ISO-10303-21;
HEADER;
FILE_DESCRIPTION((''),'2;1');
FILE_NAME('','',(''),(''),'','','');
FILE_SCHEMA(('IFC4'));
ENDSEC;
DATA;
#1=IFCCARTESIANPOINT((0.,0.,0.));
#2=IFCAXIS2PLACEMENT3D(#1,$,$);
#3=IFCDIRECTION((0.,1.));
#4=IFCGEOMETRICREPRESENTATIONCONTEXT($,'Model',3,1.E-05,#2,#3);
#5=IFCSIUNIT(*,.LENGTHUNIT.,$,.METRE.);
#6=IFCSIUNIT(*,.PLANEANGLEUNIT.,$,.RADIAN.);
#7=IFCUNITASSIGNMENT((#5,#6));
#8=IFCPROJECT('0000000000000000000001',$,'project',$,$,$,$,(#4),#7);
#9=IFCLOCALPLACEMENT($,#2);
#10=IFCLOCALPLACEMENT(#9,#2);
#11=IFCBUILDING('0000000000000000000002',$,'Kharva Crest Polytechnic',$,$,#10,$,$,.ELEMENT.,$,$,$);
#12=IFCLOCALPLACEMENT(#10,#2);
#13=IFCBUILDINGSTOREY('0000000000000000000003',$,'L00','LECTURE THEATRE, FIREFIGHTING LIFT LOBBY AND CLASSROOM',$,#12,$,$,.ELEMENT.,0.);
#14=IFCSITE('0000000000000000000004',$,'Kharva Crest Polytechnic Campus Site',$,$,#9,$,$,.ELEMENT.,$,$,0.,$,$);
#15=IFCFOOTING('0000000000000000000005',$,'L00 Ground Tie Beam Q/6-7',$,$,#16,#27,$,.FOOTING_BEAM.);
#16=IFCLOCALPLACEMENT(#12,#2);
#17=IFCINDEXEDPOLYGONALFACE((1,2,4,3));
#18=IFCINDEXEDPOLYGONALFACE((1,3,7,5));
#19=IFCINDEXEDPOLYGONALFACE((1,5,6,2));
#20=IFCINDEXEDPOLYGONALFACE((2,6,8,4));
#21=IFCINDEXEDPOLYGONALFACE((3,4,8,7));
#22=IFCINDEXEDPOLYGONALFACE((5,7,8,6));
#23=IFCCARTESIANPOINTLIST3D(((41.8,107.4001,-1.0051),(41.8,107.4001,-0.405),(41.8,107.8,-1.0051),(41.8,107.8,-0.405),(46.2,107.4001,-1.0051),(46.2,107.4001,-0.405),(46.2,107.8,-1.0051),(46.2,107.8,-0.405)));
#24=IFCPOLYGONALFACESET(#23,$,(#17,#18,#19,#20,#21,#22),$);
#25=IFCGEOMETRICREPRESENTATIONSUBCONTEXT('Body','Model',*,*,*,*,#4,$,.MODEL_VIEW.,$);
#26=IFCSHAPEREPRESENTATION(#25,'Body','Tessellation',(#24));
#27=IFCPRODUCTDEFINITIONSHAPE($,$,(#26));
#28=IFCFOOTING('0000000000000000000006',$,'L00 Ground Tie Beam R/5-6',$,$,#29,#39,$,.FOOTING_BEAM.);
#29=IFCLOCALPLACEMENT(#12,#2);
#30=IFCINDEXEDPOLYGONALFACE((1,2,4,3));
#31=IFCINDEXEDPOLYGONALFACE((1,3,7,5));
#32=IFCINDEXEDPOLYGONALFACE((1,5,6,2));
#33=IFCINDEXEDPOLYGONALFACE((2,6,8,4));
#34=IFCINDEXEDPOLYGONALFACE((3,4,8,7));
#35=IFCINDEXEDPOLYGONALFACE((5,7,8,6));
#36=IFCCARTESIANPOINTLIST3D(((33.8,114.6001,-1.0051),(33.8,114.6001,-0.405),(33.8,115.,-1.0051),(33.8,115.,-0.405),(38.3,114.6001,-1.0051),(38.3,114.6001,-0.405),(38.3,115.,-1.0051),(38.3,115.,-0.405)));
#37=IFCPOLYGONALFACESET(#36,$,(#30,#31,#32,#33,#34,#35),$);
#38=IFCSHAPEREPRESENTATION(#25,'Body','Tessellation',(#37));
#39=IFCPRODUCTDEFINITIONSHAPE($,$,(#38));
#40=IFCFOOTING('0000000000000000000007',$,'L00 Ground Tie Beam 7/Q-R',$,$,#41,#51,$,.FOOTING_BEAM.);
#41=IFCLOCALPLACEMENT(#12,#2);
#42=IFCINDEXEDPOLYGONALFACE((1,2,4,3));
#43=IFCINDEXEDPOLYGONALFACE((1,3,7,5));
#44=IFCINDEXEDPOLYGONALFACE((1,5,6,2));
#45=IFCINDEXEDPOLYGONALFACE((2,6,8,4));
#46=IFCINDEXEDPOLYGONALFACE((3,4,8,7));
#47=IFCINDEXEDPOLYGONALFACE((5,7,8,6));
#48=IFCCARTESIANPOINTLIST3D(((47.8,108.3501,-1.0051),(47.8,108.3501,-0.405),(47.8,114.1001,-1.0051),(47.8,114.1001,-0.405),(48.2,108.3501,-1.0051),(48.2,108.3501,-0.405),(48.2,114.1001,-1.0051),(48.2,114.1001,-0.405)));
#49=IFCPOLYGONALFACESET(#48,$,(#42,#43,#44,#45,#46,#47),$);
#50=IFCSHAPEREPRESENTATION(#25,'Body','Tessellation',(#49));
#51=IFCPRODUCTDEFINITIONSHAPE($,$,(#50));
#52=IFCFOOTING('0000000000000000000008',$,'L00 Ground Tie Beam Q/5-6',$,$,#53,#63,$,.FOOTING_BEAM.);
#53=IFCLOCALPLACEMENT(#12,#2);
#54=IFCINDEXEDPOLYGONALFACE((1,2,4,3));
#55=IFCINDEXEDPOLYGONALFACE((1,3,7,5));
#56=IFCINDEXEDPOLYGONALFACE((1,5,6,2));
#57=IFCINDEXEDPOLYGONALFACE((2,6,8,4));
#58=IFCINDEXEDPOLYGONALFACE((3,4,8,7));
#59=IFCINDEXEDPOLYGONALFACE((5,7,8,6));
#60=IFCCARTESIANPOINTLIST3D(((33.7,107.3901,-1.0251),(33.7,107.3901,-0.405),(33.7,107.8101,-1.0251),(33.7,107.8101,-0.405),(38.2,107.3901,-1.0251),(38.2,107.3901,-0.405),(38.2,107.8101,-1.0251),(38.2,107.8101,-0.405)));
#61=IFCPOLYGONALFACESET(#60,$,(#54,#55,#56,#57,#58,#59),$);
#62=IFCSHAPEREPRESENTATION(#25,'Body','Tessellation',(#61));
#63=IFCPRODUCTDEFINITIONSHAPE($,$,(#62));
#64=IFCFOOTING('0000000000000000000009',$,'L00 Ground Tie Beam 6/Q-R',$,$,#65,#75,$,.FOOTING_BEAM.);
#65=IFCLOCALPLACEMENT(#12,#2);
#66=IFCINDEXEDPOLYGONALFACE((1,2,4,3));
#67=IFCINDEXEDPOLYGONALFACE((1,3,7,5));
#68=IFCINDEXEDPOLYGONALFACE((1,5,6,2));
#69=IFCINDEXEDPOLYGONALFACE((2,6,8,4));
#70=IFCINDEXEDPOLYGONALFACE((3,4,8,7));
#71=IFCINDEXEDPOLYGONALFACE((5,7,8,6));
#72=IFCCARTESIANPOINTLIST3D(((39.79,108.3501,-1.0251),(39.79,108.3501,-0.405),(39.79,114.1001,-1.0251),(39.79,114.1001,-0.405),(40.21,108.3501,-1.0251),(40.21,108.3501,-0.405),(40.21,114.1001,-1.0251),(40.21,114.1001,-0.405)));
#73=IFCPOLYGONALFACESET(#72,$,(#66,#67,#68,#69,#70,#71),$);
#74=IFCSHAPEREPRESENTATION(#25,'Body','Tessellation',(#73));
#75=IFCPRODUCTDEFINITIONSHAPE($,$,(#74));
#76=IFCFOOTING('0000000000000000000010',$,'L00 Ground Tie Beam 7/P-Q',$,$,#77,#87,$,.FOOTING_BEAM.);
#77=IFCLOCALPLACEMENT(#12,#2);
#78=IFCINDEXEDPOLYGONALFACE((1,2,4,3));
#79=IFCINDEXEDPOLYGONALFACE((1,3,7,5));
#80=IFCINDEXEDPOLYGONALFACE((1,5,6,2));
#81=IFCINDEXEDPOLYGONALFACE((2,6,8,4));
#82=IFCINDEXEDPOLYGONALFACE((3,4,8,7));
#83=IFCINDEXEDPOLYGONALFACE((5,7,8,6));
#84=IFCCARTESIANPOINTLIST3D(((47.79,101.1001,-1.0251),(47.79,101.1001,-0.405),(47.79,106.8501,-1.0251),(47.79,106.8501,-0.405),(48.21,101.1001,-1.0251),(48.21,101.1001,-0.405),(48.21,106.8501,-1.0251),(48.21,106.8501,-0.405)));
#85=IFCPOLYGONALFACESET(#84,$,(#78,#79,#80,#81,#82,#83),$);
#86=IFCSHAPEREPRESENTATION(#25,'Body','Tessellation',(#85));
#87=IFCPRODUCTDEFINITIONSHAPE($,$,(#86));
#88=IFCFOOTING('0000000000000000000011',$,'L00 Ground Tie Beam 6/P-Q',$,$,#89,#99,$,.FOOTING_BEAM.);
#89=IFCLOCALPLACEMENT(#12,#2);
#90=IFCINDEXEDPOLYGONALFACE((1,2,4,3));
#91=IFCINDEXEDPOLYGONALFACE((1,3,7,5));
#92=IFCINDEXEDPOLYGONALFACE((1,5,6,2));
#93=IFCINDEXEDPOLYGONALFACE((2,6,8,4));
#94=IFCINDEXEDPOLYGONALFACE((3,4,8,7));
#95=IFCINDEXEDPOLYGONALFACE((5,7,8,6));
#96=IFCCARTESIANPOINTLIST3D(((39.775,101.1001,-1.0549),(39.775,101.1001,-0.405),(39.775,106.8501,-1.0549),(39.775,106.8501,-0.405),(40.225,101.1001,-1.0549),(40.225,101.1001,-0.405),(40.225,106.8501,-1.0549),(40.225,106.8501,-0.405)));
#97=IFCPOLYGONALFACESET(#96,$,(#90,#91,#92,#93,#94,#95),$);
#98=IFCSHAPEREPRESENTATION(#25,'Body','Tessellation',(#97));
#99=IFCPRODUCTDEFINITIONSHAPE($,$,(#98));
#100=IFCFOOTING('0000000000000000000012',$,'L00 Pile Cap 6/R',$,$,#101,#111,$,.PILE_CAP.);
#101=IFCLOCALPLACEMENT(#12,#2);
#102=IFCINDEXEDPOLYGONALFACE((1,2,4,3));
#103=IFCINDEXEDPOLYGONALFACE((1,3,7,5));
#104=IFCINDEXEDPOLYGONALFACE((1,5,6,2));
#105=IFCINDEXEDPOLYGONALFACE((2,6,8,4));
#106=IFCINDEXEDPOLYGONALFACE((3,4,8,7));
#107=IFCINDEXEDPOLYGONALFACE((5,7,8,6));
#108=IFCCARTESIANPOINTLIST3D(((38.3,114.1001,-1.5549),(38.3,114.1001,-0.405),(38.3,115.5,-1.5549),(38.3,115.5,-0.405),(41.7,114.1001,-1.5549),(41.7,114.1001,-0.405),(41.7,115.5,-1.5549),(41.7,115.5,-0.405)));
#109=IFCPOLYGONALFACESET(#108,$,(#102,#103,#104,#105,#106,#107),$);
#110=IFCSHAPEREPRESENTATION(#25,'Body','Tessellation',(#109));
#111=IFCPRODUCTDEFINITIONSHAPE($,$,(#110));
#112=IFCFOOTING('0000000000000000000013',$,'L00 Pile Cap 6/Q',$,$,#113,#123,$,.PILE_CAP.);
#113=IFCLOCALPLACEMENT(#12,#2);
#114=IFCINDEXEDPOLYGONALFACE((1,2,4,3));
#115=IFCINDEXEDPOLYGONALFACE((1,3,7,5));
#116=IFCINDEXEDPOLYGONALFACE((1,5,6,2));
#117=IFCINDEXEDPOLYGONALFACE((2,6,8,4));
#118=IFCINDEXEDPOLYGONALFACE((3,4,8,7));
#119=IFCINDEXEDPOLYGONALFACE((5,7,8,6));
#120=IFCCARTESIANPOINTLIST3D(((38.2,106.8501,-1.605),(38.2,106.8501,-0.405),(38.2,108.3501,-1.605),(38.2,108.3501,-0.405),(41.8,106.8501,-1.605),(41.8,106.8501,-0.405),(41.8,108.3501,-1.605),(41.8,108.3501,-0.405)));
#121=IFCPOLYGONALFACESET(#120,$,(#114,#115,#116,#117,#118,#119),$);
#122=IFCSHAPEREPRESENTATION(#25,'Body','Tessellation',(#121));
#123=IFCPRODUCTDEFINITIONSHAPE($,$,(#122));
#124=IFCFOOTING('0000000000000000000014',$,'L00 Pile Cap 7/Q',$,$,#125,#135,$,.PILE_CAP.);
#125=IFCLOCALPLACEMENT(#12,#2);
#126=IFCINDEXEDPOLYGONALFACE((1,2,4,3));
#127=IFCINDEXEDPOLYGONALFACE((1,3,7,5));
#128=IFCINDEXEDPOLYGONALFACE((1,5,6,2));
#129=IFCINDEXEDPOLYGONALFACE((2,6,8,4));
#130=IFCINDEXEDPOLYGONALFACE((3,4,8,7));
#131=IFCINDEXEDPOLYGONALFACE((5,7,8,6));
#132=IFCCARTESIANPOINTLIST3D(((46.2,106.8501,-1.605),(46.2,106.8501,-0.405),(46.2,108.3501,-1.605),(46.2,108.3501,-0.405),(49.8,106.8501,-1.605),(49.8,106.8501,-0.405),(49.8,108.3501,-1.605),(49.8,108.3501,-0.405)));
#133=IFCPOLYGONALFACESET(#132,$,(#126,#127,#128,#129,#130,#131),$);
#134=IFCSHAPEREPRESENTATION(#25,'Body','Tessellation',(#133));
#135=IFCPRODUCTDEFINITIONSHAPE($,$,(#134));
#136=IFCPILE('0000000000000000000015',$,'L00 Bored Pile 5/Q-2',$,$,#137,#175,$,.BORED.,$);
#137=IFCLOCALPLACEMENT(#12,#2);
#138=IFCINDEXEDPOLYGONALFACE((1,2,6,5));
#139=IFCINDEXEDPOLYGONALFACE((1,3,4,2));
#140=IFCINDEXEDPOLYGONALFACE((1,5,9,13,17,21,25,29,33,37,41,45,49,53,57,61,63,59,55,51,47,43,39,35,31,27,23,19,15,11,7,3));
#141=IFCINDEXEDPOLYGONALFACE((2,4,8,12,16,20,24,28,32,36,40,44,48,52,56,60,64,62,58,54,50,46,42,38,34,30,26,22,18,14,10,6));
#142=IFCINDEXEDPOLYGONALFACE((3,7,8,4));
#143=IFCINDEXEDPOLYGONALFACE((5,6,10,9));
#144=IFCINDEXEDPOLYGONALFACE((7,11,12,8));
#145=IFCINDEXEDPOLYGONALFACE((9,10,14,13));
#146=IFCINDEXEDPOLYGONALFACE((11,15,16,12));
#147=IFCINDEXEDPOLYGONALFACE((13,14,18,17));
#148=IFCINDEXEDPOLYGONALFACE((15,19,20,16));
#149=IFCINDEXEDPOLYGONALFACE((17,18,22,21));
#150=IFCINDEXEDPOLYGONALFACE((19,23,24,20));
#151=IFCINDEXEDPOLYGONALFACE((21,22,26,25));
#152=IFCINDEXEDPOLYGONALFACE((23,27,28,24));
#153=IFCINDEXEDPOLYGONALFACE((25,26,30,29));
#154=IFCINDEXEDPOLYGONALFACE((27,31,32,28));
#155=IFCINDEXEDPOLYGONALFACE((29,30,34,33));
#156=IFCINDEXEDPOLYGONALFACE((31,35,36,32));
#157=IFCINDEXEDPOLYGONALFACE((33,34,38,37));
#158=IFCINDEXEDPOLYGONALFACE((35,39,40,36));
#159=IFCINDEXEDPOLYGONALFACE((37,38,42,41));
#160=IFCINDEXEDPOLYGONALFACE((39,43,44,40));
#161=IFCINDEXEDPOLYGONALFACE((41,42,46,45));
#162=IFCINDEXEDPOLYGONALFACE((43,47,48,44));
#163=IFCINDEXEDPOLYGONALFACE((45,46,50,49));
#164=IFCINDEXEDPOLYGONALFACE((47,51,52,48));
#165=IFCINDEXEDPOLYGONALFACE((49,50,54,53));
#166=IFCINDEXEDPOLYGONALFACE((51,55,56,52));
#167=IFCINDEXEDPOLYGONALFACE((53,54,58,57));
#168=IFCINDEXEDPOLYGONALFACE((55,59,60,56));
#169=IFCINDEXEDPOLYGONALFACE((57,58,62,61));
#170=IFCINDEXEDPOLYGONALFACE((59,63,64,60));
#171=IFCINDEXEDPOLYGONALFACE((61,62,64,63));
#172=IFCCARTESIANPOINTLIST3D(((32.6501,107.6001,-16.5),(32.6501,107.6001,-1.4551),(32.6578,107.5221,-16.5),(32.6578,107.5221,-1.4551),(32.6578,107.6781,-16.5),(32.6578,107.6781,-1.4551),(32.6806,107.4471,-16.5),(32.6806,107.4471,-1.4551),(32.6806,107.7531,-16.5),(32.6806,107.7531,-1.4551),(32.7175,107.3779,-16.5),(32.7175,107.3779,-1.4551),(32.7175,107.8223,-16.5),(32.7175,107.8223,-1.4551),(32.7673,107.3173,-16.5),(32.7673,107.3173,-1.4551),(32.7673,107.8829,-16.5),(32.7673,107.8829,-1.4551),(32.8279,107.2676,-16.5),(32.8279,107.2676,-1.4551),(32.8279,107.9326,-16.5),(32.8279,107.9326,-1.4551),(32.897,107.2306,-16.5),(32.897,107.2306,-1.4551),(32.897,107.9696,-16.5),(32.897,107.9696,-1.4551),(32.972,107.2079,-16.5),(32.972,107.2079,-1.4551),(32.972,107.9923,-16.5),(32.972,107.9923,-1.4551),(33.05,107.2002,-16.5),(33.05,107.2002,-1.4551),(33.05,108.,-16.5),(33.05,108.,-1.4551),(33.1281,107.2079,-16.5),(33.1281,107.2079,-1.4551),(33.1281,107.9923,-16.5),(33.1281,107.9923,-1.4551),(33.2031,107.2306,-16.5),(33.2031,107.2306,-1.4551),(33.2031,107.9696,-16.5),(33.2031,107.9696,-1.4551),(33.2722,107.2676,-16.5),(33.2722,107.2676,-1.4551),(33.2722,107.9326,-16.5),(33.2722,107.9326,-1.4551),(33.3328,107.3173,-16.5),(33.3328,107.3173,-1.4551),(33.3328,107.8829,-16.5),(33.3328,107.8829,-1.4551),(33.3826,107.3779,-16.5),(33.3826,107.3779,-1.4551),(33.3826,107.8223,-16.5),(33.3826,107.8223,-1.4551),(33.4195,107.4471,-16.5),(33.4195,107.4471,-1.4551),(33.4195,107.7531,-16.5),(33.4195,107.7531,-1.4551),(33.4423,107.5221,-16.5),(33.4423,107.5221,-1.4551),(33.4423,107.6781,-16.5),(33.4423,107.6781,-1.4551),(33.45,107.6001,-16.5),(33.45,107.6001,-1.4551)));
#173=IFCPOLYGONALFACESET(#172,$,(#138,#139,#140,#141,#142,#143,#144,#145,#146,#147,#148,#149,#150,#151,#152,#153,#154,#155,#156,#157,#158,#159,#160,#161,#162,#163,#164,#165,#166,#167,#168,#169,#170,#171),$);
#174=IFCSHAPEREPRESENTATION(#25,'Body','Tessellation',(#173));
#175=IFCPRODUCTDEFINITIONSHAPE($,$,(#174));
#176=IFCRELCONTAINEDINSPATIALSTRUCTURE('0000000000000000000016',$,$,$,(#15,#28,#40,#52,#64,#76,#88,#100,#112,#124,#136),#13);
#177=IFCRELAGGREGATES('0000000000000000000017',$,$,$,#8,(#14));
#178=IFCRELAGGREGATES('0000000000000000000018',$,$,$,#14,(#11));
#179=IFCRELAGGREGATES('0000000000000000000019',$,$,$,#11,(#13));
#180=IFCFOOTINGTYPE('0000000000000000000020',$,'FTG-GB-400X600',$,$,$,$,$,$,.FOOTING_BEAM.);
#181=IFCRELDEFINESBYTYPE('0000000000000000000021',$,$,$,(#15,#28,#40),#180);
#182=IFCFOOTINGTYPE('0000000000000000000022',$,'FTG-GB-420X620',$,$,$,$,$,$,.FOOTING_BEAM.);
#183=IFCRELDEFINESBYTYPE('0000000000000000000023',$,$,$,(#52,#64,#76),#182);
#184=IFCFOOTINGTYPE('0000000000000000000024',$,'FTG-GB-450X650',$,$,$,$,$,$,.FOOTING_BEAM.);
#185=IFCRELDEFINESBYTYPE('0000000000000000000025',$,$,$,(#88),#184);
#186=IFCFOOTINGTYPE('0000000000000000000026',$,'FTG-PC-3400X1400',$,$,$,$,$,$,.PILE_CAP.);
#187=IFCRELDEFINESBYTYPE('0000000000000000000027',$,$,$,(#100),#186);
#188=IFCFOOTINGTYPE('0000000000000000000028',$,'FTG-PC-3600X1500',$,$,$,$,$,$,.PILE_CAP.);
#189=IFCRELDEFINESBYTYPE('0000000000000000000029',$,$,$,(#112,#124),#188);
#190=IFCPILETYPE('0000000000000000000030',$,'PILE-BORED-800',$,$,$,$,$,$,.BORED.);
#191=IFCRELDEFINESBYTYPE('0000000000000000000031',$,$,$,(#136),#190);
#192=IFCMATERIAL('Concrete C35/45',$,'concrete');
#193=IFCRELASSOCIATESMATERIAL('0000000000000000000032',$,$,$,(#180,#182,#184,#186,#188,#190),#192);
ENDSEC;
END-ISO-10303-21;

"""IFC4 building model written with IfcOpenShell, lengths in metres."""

from ifc_helpers import new_model, si_unit, direction, frame, origin, origin_2d, place, context, subcontext, project, spatial, rectangle, circle, extrude, material, material_profile, profile_set, type_object, element, save


model = new_model("IFC4")

# Units and contexts
model_context = context("Model", 3, precision=1e-05, world=origin(), true_north=direction((0.0, 1.0)))
body_context = subcontext(model_context, "Body", "Model", "MODEL_VIEW")
ifc_project = project(units=[si_unit("LENGTHUNIT", "METRE"), si_unit("PLANEANGLEUNIT", "RADIAN")], contexts=[model_context])

# Site, building, storey
site_placement = place(None, origin())
site = spatial("IfcSite", under=ifc_project, at=site_placement, Name="Kharva Crest Polytechnic Campus Site", CompositionType="ELEMENT", RefElevation=0.0)
building_placement = place(site_placement, origin())
building = spatial("IfcBuilding", under=site, at=building_placement, Name="Kharva Crest Polytechnic", CompositionType="ELEMENT")
storey_placement = place(building_placement, origin())
storey = spatial("IfcBuildingStorey", under=building, at=storey_placement, Name="L00", Description="LECTURE THEATRE, FIREFIGHTING LIFT LOBBY AND CLASSROOM", CompositionType="ELEMENT", Elevation=0.0)

# Footings
ifc_material_1 = material(Name="Concrete C35/45", Category="concrete")
footing_type_1 = type_object("IfcFootingType", Name="FTG-GB-400X600", PredefinedType="FOOTING_BEAM", material=ifc_material_1)
footing_1_placement = place(storey_placement, frame((44.0, 107.6001, -1.0051), z_axis=(0.0, 0.0, 1.0), x_axis=(1.0, 0.0, 0.0)))
element("IfcFooting", 1, at=footing_1_placement, inside=storey, type_object=footing_type_1, Name="L00 Ground Tie Beam Q/6-7", PredefinedType="FOOTING_BEAM", context=body_context, shape_type="SweptSolid", body=[
    extrude(rectangle(XDim=4.3999, YDim=0.3999, at=origin_2d()), origin(), (0.0, 0.0, 1.0), 0.6001),
])
footing_2_placement = place(storey_placement, frame((36.05, 114.8, -1.0051), z_axis=(0.0, 0.0, 1.0), x_axis=(1.0, 0.0, 0.0)))
element("IfcFooting", 2, at=footing_2_placement, inside=storey, type_object=footing_type_1, Name="L00 Ground Tie Beam R/5-6", PredefinedType="FOOTING_BEAM", context=body_context, shape_type="SweptSolid", body=[
    extrude(rectangle(XDim=4.5, YDim=0.3999, at=origin_2d()), origin(), (0.0, 0.0, 1.0), 0.6001),
])
footing_3_placement = place(storey_placement, frame((48.0, 111.2251, -1.0051), z_axis=(0.0, 0.0, 1.0), x_axis=(0.0, 1.0, 0.0)))
element("IfcFooting", 3, at=footing_3_placement, inside=storey, type_object=footing_type_1, Name="L00 Ground Tie Beam 7/Q-R", PredefinedType="FOOTING_BEAM", context=body_context, shape_type="SweptSolid", body=[
    extrude(rectangle(XDim=5.75, YDim=0.3999, at=origin_2d()), origin(), (0.0, 0.0, 1.0), 0.6001),
])
footing_type_2 = type_object("IfcFootingType", Name="FTG-GB-420X620", PredefinedType="FOOTING_BEAM", material=ifc_material_1)
footing_4_placement = place(storey_placement, frame((35.95, 107.6001, -1.0251), z_axis=(0.0, 0.0, 1.0), x_axis=(1.0, 0.0, 0.0)))
element("IfcFooting", 4, at=footing_4_placement, inside=storey, type_object=footing_type_2, Name="L00 Ground Tie Beam Q/5-6", PredefinedType="FOOTING_BEAM", context=body_context, shape_type="SweptSolid", body=[
    extrude(rectangle(XDim=4.5, YDim=0.4199, at=origin_2d()), origin(), (0.0, 0.0, 1.0), 0.6201),
])
for number, where, z_axis, x_axis, name in (
    (5, (40.0, 111.2251, -1.0251), (0.0, 0.0, 1.0), (0.0, 1.0, 0.0), "L00 Ground Tie Beam 6/Q-R"),
    (6, (48.0, 103.9751, -1.0251), (0.0, 0.0, 1.0), (0.0, 1.0, 0.0), "L00 Ground Tie Beam 7/P-Q"),
):
    element("IfcFooting", number, at=place(storey_placement, frame(where, z_axis=z_axis, x_axis=x_axis)), inside=storey, type_object=footing_type_2, Name=name, PredefinedType="FOOTING_BEAM", context=body_context, shape_type="SweptSolid", body=[
        extrude(rectangle(XDim=5.75, YDim=0.4199, at=origin_2d()), origin(), (0.0, 0.0, 1.0), 0.6201),
    ])
footing_type_3 = type_object("IfcFootingType", Name="FTG-GB-450X650", PredefinedType="FOOTING_BEAM", material=ifc_material_1)
footing_5_placement = place(storey_placement, frame((40.0, 103.9751, -1.0549), z_axis=(0.0, 0.0, 1.0), x_axis=(0.0, 1.0, 0.0)))
element("IfcFooting", 7, at=footing_5_placement, inside=storey, type_object=footing_type_3, Name="L00 Ground Tie Beam 6/P-Q", PredefinedType="FOOTING_BEAM", context=body_context, shape_type="SweptSolid", body=[
    extrude(rectangle(XDim=5.75, YDim=0.45, at=origin_2d()), origin(), (0.0, 0.0, 1.0), 0.6499),
])
footing_type_4 = type_object("IfcFootingType", Name="FTG-PC-3400X1400", PredefinedType="PILE_CAP", material=ifc_material_1)
footing_6_placement = place(storey_placement, frame((40.0, 114.8, -1.5549), z_axis=(0.0, 0.0, 1.0), x_axis=(1.0, 0.0, 0.0)))
element("IfcFooting", 8, at=footing_6_placement, inside=storey, type_object=footing_type_4, Name="L00 Pile Cap 6/R", PredefinedType="PILE_CAP", context=body_context, shape_type="SweptSolid", body=[
    extrude(rectangle(XDim=3.3999, YDim=1.3999, at=origin_2d()), origin(), (0.0, 0.0, 1.0), 1.1499),
])
footing_type_5 = type_object("IfcFootingType", Name="FTG-PC-3600X1500", PredefinedType="PILE_CAP", material=ifc_material_1)
for number, where, z_axis, x_axis, name in (
    (9, (40.0, 107.6001, -1.605), (0.0, 0.0, 1.0), (1.0, 0.0, 0.0), "L00 Pile Cap 6/Q"),
    (10, (48.0, 107.6001, -1.605), (0.0, 0.0, 1.0), (1.0, 0.0, 0.0), "L00 Pile Cap 7/Q"),
):
    element("IfcFooting", number, at=place(storey_placement, frame(where, z_axis=z_axis, x_axis=x_axis)), inside=storey, type_object=footing_type_5, Name=name, PredefinedType="PILE_CAP", context=body_context, shape_type="SweptSolid", body=[
        extrude(rectangle(XDim=3.6001, YDim=1.5, at=origin_2d()), origin(), (0.0, 0.0, 1.0), 1.2),
    ])

# Pile
ifc_material_profile_1 = material_profile(ifc_material_1, circle(Radius=0.3999, at=origin_2d()), Name="DIA 800")
ifc_profile_set_1 = profile_set([ifc_material_profile_1], Name="Concrete C35/45")
pile_type_1 = type_object("IfcPileType", Name="PILE-BORED-800", PredefinedType="BORED", material=ifc_profile_set_1)
for number, where, z_axis, x_axis, name in (
    (11, (33.05, 107.6001, -1.4551), (0.0, 0.0, -1.0), (1.0, 0.0, 0.0), "L00 Bored Pile 5/Q-2"),
):
    element("IfcPile", number, at=place(storey_placement, frame(where, z_axis=z_axis, x_axis=x_axis)), inside=storey, type_object=pile_type_1, Name=name, PredefinedType="BORED", context=body_context, shape_type="SweptSolid", body=[
        extrude(circle(Radius=0.3999, at=origin_2d()), origin(), (0.0, 0.0, 1.0), 15.0449),
    ])

save(model, "model.ifc")
